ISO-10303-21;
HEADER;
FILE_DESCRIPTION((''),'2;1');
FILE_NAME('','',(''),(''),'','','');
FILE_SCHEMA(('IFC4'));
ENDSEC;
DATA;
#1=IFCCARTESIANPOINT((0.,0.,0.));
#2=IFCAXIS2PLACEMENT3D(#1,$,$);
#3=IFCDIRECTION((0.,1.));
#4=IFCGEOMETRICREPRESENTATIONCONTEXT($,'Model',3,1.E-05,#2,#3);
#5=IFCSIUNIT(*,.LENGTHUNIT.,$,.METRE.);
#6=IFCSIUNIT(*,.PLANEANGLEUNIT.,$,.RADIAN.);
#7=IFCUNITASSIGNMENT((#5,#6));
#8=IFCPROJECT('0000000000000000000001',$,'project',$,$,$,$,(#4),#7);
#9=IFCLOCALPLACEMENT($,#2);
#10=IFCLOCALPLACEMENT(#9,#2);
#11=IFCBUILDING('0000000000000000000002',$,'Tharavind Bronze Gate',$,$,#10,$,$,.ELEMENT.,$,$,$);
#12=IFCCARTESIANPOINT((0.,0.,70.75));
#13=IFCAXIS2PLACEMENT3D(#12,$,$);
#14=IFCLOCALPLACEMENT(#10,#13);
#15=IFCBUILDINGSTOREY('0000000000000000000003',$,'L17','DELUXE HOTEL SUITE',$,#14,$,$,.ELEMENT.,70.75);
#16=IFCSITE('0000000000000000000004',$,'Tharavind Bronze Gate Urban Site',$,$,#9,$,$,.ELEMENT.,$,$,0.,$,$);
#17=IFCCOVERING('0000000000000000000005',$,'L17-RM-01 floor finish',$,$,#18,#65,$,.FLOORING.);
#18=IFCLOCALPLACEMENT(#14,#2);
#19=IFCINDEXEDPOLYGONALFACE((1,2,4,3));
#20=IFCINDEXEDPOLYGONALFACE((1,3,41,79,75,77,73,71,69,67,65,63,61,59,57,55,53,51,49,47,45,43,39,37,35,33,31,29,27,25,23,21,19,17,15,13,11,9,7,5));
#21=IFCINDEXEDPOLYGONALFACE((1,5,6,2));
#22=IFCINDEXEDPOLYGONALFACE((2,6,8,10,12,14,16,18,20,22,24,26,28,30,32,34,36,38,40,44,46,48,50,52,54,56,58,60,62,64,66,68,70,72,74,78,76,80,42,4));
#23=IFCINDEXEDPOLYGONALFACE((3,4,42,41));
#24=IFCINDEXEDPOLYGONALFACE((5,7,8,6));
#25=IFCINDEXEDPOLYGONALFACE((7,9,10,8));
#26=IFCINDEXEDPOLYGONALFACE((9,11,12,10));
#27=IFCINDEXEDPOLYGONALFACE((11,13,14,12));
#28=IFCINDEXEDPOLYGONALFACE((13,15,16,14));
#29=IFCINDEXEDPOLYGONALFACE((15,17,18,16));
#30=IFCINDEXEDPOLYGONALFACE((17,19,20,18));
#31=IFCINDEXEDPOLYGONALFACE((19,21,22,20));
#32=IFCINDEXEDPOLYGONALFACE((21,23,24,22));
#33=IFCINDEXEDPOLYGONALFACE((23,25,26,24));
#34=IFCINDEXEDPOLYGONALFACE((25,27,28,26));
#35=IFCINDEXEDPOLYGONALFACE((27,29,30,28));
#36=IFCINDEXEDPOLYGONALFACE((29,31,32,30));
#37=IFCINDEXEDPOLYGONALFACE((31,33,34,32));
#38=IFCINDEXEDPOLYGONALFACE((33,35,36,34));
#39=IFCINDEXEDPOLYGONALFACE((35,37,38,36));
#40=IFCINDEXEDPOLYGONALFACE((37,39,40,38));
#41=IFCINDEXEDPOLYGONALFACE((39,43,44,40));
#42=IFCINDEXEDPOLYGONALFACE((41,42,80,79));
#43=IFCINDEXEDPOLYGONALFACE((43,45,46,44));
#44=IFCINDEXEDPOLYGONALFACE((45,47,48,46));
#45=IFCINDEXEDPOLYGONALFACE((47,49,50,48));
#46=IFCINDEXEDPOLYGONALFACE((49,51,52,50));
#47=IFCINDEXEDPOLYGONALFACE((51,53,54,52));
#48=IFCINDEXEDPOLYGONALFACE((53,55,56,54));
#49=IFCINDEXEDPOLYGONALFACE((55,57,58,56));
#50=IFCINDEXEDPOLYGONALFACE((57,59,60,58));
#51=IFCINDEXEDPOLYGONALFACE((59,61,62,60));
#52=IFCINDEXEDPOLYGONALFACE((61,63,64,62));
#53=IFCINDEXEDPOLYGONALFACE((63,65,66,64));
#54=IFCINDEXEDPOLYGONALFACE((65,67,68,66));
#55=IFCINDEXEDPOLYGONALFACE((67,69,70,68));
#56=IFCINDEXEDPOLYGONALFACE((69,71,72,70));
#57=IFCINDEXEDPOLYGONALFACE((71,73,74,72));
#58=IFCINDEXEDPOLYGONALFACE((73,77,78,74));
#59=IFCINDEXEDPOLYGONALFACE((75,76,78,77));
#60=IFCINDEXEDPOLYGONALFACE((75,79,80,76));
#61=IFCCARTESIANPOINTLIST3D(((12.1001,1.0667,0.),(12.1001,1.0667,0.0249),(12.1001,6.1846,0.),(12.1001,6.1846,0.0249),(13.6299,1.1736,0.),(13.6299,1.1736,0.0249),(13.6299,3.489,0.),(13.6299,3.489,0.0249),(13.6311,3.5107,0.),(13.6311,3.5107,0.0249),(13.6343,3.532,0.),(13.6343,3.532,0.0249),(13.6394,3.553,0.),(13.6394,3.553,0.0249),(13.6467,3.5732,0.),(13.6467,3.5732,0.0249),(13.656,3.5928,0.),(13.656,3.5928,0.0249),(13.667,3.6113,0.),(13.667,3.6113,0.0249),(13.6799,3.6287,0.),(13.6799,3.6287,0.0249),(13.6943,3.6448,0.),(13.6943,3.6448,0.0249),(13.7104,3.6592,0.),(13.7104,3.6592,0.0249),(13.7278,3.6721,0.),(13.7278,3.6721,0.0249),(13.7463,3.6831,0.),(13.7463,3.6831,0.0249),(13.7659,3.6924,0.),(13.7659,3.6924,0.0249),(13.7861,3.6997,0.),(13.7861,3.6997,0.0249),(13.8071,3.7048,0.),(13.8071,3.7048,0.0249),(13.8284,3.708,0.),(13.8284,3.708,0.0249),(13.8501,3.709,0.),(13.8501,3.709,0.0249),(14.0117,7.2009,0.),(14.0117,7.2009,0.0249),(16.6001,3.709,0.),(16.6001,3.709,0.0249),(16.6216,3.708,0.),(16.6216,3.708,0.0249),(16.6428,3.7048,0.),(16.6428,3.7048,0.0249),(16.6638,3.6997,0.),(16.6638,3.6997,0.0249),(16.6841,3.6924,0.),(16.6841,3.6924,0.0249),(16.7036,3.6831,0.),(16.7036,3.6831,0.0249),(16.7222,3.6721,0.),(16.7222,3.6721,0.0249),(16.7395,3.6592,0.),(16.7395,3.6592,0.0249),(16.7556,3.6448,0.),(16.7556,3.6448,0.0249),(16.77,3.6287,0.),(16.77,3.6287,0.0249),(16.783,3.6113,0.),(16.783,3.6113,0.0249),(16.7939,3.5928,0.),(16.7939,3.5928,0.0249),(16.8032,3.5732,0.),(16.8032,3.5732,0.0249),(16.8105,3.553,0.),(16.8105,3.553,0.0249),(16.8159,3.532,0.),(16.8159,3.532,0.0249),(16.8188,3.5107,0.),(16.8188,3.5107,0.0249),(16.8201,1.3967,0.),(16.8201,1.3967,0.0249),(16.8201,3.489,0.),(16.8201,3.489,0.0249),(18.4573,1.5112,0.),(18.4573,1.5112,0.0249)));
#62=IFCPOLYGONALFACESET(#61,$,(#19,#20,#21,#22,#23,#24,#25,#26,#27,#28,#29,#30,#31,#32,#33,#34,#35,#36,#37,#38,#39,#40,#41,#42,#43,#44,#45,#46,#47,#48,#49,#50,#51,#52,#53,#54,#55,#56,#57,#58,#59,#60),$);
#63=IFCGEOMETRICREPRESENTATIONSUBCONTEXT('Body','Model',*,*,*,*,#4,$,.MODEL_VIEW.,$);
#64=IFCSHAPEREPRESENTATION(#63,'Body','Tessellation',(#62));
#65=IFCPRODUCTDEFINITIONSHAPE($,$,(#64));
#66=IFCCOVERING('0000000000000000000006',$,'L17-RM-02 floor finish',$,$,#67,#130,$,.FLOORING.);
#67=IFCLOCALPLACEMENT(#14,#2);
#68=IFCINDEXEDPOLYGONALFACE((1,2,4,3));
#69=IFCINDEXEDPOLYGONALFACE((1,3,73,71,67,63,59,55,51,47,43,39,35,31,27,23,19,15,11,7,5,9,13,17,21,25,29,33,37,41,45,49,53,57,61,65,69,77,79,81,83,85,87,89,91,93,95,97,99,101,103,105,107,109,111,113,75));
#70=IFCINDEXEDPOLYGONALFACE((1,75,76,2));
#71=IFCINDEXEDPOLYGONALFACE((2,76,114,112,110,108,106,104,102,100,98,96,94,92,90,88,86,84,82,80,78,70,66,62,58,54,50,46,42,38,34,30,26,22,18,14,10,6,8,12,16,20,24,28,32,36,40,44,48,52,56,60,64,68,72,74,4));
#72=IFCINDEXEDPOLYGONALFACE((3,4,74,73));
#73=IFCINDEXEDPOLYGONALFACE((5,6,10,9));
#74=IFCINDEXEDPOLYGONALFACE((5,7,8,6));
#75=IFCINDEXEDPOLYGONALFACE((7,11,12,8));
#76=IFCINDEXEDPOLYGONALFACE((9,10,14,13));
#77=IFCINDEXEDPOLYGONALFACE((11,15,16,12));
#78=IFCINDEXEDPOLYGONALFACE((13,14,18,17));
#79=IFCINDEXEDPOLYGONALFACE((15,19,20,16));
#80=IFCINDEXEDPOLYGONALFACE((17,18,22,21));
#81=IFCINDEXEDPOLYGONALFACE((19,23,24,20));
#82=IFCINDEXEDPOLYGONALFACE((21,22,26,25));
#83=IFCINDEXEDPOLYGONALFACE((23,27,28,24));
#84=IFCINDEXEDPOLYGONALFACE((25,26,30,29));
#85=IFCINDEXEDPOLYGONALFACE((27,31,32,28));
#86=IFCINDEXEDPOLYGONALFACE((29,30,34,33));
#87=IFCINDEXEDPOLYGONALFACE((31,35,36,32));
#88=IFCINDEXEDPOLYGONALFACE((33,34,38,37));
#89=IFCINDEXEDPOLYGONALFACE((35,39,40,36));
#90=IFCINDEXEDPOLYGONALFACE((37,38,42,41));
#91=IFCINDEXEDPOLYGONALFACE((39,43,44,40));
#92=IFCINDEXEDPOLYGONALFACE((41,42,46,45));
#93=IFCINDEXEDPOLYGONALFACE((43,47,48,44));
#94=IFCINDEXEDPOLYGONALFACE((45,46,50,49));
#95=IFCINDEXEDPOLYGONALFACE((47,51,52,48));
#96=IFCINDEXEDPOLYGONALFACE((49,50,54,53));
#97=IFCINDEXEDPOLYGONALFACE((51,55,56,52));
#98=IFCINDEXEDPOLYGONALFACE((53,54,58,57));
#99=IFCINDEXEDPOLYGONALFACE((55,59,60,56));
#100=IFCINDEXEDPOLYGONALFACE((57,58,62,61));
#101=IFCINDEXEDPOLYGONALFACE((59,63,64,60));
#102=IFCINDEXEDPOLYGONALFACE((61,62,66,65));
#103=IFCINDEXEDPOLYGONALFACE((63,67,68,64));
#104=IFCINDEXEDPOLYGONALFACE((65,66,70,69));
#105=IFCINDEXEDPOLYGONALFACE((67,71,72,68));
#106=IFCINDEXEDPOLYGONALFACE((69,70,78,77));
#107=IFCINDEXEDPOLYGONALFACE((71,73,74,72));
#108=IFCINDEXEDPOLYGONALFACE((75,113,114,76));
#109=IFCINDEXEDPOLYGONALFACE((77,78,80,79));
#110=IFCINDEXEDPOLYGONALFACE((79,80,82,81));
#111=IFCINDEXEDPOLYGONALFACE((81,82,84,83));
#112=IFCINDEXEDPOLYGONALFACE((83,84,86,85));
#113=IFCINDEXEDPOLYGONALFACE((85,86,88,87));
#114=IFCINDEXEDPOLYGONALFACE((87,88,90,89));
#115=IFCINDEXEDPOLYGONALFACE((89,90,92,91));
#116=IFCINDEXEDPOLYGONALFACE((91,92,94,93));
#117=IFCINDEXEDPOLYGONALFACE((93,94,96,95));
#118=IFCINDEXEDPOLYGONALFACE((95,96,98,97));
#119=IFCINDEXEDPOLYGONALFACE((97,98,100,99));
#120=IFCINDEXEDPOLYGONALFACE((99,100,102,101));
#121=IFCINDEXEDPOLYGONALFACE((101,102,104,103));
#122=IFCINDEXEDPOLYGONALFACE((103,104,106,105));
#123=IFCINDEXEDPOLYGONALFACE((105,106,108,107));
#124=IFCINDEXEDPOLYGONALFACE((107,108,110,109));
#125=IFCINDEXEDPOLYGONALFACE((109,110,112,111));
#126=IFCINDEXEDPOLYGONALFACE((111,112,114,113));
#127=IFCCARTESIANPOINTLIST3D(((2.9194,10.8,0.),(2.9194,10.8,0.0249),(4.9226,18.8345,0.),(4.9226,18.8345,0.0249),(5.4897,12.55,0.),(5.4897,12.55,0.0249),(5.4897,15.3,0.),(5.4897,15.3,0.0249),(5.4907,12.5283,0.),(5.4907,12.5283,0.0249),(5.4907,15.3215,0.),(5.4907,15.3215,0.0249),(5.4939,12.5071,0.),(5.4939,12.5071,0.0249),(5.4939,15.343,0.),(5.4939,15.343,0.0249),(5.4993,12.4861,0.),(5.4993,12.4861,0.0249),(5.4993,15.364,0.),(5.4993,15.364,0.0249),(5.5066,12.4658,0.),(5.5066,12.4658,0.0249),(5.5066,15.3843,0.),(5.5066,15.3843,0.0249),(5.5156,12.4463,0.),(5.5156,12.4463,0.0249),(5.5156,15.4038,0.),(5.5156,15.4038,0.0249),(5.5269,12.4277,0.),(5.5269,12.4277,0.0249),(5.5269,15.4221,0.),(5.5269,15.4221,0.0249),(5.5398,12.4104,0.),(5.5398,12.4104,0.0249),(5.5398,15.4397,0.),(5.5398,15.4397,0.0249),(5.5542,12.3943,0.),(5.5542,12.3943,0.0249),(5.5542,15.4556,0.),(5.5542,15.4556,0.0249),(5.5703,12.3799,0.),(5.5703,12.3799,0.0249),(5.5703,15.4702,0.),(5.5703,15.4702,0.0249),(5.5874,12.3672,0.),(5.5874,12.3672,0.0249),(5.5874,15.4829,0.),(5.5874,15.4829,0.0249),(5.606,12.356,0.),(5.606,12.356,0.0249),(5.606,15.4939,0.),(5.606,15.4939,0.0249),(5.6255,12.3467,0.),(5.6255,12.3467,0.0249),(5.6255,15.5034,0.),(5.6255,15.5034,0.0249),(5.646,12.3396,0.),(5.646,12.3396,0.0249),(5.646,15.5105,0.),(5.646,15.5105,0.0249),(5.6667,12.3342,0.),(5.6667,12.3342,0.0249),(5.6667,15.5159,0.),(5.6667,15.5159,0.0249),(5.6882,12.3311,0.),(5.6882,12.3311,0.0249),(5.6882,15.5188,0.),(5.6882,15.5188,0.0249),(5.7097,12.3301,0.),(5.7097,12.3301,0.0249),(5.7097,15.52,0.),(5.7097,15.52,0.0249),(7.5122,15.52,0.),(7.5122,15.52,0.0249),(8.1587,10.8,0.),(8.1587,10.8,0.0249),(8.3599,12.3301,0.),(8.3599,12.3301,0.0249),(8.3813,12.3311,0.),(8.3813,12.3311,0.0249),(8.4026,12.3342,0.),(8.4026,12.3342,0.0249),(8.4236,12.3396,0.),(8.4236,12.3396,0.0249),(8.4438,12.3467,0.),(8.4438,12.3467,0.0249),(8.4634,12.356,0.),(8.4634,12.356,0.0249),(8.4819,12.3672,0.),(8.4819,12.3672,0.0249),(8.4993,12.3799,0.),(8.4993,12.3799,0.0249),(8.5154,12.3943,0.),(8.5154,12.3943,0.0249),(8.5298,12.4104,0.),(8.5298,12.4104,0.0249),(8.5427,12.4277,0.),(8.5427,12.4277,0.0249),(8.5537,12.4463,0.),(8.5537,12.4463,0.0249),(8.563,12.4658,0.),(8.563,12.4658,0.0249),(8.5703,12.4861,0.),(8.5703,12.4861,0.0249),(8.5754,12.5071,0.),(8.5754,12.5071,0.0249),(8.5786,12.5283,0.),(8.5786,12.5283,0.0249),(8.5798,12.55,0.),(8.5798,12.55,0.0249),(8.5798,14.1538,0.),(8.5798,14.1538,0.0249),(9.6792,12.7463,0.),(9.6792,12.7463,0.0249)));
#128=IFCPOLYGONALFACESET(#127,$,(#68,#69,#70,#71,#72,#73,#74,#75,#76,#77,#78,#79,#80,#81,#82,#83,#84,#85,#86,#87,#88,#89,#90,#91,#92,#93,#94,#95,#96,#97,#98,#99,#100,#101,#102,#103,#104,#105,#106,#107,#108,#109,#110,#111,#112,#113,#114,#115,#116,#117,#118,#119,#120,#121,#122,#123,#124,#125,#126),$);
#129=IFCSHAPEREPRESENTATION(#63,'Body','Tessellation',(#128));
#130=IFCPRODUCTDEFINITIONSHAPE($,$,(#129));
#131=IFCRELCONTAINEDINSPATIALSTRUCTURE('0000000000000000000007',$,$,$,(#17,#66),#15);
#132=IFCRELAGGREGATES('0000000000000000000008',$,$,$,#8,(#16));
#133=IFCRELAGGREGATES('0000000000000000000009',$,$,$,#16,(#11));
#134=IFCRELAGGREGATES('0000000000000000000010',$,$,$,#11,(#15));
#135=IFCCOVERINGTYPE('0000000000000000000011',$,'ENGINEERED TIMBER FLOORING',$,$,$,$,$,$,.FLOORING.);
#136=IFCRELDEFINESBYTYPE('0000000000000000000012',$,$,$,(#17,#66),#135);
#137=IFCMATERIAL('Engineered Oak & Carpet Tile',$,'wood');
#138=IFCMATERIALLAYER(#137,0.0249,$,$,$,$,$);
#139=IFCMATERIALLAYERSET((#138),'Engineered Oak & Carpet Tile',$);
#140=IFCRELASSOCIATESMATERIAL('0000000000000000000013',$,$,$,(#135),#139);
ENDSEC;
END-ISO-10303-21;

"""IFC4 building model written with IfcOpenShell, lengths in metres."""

from ifc_helpers import new_model, si_unit, direction, frame, origin, place, context, subcontext, project, spatial, polyline, outline, extrude, material, layer, layer_set, type_object, element, save


model = new_model("IFC4")

# Units and contexts
model_context = context("Model", 3, precision=1e-05, world=origin(), true_north=direction((0.0, 1.0)))
body_context = subcontext(model_context, "Body", "Model", "MODEL_VIEW")
ifc_project = project(units=[si_unit("LENGTHUNIT", "METRE"), si_unit("PLANEANGLEUNIT", "RADIAN")], contexts=[model_context])

# Site, building, storey
site_placement = place(None, origin())
site = spatial("IfcSite", under=ifc_project, at=site_placement, Name="Tharavind Bronze Gate Urban Site", CompositionType="ELEMENT", RefElevation=0.0)
building_placement = place(site_placement, origin())
building = spatial("IfcBuilding", under=site, at=building_placement, Name="Tharavind Bronze Gate", CompositionType="ELEMENT")
storey_placement = place(building_placement, frame((0.0, 0.0, 70.75)))
storey = spatial("IfcBuildingStorey", under=building, at=storey_placement, Name="L17", Description="DELUXE HOTEL SUITE", CompositionType="ELEMENT", Elevation=70.75)

# Coverings
ifc_material_1 = material(Name="Engineered Oak & Carpet Tile", Category="wood")
ifc_layer_1 = layer(ifc_material_1, 0.0249)
ifc_layer_set_1 = layer_set([ifc_layer_1], Name="Engineered Oak & Carpet Tile")
covering_type_1 = type_object("IfcCoveringType", Name="ENGINEERED TIMBER FLOORING", PredefinedType="FLOORING", material=ifc_layer_set_1)
covering_1_placement = place(storey_placement, origin())
element("IfcCovering", 1, at=covering_1_placement, inside=storey, type_object=covering_type_1, Name="L17-RM-01 floor finish", PredefinedType="FLOORING", context=body_context, shape_type="SweptSolid", body=[
    extrude(outline(polyline([(13.6299, 1.1736), (13.6299, 3.489), (13.6311, 3.5107), (13.6343, 3.532), (13.6394, 3.553), (13.6467, 3.5732), (13.656, 3.5928), (13.667, 3.6113), (13.6799, 3.6287), (13.6943, 3.6448), (13.7104, 3.6592), (13.7278, 3.6721), (13.7463, 3.6831), (13.7659, 3.6924), (13.7861, 3.6997), (13.8071, 3.7048), (13.8284, 3.708), (13.8501, 3.709), (16.6001, 3.709), (16.6216, 3.708), (16.6428, 3.7048), (16.6638, 3.6997), (16.6841, 3.6924), (16.7036, 3.6831), (16.7222, 3.6721), (16.7395, 3.6592), (16.7556, 3.6448), (16.77, 3.6287), (16.783, 3.6113), (16.7939, 3.5928), (16.8032, 3.5732), (16.8105, 3.553), (16.8159, 3.532), (16.8188, 3.5107), (16.8201, 3.489), (16.8201, 1.3967), (18.4573, 1.5112), (14.0117, 7.2009), (12.1001, 6.1846), (12.1001, 1.0667), (13.6299, 1.1736)])), origin(), (0.0, 0.0, 1.0), 0.0249),
])
covering_2_placement = place(storey_placement, origin())
element("IfcCovering", 2, at=covering_2_placement, inside=storey, type_object=covering_type_1, Name="L17-RM-02 floor finish", PredefinedType="FLOORING", context=body_context, shape_type="SweptSolid", body=[
    extrude(outline(polyline([(8.1587, 10.8), (9.6792, 12.7463), (8.5798, 14.1538), (8.5798, 12.55), (8.5786, 12.5283), (8.5754, 12.5071), (8.5703, 12.4861), (8.563, 12.4658), (8.5537, 12.4463), (8.5427, 12.4277), (8.5298, 12.4104), (8.5154, 12.3943), (8.4993, 12.3799), (8.4819, 12.3672), (8.4634, 12.356), (8.4438, 12.3467), (8.4236, 12.3396), (8.4026, 12.3342), (8.3813, 12.3311), (8.3599, 12.3301), (5.7097, 12.3301), (5.6882, 12.3311), (5.6667, 12.3342), (5.646, 12.3396), (5.6255, 12.3467), (5.606, 12.356), (5.5874, 12.3672), (5.5703, 12.3799), (5.5542, 12.3943), (5.5398, 12.4104), (5.5269, 12.4277), (5.5156, 12.4463), (5.5066, 12.4658), (5.4993, 12.4861), (5.4939, 12.5071), (5.4907, 12.5283), (5.4897, 12.55), (5.4897, 15.3), (5.4907, 15.3215), (5.4939, 15.343), (5.4993, 15.364), (5.5066, 15.3843), (5.5156, 15.4038), (5.5269, 15.4221), (5.5398, 15.4397), (5.5542, 15.4556), (5.5703, 15.4702), (5.5874, 15.4829), (5.606, 15.4939), (5.6255, 15.5034), (5.646, 15.5105), (5.6667, 15.5159), (5.6882, 15.5188), (5.7097, 15.52), (7.5122, 15.52), (4.9226, 18.8345), (2.9194, 10.8), (8.1587, 10.8)])), origin(), (0.0, 0.0, 1.0), 0.0249),
])

save(model, "model.ifc")
